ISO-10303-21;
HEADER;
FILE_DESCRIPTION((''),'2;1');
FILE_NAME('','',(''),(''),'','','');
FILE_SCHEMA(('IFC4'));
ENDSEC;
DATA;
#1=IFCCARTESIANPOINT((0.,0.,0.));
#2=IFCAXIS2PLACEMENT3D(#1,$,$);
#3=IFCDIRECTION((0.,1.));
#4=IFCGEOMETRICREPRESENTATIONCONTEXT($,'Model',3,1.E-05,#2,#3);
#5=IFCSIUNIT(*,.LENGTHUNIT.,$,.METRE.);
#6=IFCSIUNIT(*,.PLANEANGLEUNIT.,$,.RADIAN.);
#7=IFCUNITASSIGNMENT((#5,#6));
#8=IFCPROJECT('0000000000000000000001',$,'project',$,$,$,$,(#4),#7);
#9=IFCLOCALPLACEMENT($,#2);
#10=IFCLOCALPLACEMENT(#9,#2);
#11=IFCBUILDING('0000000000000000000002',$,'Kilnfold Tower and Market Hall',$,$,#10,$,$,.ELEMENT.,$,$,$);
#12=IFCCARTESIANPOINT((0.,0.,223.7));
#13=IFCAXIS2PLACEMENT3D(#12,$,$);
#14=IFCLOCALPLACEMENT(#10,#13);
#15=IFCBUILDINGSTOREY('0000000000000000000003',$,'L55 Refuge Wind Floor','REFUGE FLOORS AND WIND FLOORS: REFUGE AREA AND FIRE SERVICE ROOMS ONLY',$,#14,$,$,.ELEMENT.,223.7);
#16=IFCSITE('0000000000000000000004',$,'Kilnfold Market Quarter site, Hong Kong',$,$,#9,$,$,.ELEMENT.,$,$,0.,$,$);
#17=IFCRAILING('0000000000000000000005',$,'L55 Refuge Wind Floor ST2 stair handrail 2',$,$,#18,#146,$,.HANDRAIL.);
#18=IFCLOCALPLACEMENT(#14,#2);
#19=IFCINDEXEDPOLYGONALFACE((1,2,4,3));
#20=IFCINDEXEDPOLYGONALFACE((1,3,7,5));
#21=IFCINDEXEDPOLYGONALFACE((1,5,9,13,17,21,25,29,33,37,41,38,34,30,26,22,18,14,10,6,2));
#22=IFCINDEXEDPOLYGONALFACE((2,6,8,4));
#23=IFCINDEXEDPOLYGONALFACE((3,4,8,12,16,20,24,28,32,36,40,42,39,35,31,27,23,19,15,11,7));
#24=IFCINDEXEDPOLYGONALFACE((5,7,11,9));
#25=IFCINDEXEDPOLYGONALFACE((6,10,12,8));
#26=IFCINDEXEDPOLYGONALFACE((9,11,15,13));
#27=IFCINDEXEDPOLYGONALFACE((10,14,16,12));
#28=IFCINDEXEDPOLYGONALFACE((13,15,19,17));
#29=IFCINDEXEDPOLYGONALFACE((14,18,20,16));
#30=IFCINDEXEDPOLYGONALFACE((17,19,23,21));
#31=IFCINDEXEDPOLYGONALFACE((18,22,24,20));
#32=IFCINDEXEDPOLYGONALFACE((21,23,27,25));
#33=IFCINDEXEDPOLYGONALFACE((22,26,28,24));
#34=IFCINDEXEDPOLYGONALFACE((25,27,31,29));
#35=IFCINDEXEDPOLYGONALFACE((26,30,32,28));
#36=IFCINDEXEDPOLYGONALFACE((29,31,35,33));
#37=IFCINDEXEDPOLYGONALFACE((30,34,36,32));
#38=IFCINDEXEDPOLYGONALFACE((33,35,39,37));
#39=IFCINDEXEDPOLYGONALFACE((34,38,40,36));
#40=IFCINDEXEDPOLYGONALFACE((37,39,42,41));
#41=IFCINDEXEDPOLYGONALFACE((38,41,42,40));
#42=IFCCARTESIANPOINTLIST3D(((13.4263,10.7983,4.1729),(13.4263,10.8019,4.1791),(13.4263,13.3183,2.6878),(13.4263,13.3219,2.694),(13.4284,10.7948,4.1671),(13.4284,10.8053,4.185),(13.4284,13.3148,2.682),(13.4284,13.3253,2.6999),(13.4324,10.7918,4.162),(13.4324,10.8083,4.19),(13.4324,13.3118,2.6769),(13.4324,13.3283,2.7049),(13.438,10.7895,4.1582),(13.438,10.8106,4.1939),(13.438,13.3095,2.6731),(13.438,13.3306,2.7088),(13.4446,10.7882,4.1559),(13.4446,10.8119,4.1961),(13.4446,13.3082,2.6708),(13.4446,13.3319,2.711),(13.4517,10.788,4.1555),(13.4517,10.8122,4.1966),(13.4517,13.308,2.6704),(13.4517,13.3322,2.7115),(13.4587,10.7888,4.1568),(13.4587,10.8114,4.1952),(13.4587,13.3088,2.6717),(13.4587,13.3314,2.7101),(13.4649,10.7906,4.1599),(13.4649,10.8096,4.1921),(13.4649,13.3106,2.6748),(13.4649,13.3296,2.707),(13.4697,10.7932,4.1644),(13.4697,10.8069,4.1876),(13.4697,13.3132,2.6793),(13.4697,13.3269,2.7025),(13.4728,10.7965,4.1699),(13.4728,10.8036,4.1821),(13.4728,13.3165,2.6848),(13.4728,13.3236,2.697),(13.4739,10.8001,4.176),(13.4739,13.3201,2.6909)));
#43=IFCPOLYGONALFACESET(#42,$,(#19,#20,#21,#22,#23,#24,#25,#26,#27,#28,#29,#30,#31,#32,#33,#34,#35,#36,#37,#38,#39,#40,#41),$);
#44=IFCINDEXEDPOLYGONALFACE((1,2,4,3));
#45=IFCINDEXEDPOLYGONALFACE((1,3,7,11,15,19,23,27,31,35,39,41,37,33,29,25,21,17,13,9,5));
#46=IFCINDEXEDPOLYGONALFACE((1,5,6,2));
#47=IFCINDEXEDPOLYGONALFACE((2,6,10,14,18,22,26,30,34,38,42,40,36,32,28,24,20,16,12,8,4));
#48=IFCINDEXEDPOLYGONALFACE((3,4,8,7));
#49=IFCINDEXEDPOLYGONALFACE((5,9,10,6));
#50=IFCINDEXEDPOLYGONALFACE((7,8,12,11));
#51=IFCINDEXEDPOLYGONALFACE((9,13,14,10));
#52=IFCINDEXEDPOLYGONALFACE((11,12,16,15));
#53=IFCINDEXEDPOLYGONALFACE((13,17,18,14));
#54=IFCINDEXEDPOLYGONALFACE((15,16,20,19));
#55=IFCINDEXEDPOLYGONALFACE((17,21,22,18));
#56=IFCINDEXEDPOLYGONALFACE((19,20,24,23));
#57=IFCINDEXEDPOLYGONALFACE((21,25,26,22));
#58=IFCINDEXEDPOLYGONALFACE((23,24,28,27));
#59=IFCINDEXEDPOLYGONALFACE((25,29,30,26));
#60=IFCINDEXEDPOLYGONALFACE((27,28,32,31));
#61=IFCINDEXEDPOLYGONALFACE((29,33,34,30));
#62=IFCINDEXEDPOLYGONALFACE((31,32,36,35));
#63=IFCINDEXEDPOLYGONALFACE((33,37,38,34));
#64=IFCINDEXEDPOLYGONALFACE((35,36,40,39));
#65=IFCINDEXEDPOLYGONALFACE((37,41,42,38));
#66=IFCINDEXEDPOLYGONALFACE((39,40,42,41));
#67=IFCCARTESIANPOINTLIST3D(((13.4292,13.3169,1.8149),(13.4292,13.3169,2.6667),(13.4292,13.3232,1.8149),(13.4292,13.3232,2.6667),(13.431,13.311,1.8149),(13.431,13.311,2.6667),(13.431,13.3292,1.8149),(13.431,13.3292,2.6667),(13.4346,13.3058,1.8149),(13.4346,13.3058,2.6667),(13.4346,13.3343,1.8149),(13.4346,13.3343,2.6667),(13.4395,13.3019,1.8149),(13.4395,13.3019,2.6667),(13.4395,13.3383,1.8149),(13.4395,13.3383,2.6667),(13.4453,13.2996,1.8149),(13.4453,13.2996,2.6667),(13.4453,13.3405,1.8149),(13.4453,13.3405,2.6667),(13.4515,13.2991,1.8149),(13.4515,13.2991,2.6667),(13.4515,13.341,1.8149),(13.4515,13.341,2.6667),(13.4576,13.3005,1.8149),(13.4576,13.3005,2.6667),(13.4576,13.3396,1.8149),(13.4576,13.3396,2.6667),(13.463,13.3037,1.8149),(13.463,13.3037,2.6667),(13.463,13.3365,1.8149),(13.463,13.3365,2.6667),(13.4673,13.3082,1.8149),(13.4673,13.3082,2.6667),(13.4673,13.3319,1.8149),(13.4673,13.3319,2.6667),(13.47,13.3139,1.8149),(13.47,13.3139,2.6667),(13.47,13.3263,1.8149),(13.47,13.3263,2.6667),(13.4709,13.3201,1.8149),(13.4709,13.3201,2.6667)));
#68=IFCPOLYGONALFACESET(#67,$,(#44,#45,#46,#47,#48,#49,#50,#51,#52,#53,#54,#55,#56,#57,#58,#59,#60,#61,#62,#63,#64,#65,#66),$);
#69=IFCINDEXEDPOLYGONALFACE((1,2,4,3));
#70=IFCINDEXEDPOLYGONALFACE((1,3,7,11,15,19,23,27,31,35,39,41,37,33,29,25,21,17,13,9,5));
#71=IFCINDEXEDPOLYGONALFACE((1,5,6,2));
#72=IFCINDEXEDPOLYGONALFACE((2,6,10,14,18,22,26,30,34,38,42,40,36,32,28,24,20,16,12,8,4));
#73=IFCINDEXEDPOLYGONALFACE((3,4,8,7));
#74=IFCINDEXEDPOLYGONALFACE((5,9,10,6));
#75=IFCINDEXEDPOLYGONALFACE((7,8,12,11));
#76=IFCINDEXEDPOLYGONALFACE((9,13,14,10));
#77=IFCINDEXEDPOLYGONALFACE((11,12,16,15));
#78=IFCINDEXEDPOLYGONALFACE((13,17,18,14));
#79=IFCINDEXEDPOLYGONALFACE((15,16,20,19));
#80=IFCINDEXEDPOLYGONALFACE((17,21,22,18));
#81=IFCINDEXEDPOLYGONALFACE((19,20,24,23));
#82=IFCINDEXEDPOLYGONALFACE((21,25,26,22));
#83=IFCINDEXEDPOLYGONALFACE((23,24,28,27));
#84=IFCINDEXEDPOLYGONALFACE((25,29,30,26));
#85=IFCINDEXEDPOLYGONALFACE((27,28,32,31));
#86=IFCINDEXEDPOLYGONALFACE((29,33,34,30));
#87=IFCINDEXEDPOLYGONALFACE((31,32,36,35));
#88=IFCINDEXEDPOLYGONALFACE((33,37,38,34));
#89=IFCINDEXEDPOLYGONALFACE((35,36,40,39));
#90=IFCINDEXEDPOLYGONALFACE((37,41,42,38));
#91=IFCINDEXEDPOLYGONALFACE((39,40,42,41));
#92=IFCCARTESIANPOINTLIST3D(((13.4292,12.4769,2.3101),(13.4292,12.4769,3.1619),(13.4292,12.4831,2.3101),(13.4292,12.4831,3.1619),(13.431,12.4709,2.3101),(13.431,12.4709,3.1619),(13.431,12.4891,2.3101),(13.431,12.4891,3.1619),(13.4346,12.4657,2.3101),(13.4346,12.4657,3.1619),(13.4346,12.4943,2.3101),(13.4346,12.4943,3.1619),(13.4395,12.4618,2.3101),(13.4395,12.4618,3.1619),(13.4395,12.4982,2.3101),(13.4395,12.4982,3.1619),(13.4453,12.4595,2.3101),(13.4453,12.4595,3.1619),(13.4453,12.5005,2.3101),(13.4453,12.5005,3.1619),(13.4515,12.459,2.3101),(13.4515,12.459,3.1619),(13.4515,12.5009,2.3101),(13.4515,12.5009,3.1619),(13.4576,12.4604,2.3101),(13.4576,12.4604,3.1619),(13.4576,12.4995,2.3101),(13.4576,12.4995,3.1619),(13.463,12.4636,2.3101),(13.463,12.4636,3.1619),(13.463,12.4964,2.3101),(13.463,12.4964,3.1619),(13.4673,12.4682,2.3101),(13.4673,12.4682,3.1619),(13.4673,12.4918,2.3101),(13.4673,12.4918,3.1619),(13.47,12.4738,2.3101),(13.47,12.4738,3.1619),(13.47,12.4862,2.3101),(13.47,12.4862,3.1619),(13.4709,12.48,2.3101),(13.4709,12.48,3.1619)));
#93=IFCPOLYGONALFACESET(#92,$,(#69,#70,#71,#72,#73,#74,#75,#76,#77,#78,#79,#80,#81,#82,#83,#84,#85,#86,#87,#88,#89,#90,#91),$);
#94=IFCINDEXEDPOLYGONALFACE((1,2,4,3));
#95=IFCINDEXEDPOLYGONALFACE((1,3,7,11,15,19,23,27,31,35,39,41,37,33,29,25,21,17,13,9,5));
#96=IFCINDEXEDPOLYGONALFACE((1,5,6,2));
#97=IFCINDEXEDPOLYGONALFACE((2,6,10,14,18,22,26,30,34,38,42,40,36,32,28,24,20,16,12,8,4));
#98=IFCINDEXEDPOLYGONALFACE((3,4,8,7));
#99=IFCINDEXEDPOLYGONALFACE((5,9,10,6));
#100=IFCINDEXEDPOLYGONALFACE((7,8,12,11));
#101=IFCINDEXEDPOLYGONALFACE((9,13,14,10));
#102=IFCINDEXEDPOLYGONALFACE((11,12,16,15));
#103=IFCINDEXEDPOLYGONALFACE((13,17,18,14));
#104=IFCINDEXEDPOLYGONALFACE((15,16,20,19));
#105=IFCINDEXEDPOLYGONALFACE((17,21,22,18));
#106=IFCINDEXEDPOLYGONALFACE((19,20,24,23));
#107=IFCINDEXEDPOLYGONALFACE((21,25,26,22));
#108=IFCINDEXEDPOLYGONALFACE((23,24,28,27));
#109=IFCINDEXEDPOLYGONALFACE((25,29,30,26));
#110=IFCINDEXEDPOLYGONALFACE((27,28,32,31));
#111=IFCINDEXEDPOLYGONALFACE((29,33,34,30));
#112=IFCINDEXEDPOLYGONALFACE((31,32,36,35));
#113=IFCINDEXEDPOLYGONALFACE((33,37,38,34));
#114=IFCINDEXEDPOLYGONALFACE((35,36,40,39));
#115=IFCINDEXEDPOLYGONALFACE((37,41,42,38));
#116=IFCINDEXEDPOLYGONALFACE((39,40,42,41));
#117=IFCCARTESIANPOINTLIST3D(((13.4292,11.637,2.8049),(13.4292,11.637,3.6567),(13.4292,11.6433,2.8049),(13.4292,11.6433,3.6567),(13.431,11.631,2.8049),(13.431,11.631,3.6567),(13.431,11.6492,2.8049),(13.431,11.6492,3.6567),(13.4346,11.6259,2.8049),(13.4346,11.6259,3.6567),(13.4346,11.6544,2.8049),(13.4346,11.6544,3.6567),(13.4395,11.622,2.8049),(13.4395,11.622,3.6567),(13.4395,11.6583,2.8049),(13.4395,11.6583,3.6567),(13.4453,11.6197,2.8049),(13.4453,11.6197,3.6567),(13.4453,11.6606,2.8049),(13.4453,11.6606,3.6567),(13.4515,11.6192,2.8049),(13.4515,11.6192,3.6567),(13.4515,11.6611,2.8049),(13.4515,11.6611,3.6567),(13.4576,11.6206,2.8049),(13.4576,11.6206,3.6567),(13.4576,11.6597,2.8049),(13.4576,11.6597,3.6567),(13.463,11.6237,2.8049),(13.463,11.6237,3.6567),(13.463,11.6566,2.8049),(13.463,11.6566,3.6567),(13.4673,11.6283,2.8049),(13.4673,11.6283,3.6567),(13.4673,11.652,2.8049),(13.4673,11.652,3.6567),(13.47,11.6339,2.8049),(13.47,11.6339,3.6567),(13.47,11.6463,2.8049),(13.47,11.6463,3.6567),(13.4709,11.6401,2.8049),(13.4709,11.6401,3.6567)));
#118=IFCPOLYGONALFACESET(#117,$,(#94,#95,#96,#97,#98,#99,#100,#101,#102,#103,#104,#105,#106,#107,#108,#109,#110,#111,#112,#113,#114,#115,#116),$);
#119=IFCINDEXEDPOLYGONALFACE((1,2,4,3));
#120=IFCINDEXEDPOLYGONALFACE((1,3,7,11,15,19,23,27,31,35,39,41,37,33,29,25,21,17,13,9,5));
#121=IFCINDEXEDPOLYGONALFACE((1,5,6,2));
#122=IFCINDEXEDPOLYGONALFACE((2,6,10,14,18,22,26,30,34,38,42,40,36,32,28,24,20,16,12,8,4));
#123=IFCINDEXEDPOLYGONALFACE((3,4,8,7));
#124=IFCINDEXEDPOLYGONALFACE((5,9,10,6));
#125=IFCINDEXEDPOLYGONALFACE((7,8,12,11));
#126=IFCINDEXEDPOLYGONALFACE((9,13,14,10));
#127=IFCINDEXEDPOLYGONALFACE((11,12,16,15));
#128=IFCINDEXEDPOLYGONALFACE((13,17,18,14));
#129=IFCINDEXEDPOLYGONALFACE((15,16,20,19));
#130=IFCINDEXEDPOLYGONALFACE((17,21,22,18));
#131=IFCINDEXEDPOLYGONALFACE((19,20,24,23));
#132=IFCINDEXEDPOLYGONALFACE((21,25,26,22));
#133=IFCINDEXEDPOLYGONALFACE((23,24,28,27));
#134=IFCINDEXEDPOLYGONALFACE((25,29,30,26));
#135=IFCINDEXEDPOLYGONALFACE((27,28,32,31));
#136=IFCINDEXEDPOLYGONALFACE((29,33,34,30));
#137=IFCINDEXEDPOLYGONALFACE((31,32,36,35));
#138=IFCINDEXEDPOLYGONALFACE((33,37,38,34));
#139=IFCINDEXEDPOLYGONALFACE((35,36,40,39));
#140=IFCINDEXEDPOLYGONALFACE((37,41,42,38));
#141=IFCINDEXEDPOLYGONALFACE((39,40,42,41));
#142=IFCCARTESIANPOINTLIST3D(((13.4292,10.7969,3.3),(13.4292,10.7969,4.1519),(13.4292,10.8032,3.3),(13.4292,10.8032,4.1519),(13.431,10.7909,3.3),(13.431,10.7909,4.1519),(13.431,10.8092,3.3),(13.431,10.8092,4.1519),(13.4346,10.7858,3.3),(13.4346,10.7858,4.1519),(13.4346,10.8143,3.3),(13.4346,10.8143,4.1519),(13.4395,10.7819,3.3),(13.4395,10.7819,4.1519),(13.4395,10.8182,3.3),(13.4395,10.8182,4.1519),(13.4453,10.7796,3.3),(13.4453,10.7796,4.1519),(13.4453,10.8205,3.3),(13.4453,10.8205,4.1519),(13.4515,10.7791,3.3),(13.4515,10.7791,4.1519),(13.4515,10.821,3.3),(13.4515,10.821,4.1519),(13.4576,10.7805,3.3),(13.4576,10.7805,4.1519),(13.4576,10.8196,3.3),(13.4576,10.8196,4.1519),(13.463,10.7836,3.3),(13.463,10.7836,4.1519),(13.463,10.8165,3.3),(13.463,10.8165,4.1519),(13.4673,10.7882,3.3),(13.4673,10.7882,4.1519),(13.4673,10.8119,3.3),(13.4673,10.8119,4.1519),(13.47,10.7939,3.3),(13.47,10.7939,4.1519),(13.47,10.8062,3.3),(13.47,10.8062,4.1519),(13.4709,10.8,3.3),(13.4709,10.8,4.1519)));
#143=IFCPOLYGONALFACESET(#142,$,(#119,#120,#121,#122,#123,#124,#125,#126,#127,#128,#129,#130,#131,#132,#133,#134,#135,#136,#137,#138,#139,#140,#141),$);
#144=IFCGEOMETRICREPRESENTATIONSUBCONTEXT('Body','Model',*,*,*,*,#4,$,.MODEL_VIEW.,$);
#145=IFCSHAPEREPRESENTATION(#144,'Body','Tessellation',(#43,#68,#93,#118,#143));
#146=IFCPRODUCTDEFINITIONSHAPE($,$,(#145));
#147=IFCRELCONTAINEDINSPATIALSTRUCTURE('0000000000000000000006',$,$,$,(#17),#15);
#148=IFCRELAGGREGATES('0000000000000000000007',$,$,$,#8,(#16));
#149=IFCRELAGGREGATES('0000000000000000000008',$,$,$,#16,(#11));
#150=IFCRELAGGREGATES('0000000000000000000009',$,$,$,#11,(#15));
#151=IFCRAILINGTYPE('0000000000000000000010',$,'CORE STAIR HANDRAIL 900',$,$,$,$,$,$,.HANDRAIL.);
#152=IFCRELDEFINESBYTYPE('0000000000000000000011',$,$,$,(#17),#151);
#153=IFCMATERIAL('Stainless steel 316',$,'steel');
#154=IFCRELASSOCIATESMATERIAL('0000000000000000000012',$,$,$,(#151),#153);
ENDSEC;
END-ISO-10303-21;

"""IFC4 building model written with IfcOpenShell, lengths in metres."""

from ifc_helpers import new_model, si_unit, direction, frame, origin, origin_2d, place, context, subcontext, project, spatial, circle, extrude, material, type_object, element, save


model = new_model("IFC4")

# Units and contexts
model_context = context("Model", 3, precision=1e-05, world=origin(), true_north=direction((0.0, 1.0)))
body_context = subcontext(model_context, "Body", "Model", "MODEL_VIEW")
ifc_project = project(units=[si_unit("LENGTHUNIT", "METRE"), si_unit("PLANEANGLEUNIT", "RADIAN")], contexts=[model_context])

# Site, building, storey
site_placement = place(None, origin())
site = spatial("IfcSite", under=ifc_project, at=site_placement, Name="Kilnfold Market Quarter site, Hong Kong", CompositionType="ELEMENT", RefElevation=0.0)
building_placement = place(site_placement, origin())
building = spatial("IfcBuilding", under=site, at=building_placement, Name="Kilnfold Tower and Market Hall", CompositionType="ELEMENT")
storey_placement = place(building_placement, frame((0.0, 0.0, 223.7)))
storey = spatial("IfcBuildingStorey", under=building, at=storey_placement, Name="L55 Refuge Wind Floor", Description="REFUGE FLOORS AND WIND FLOORS: REFUGE AREA AND FIRE SERVICE ROOMS ONLY", CompositionType="ELEMENT", Elevation=223.7)

# Railing
ifc_material_1 = material(Name="Stainless steel 316", Category="steel")
railing_type = type_object("IfcRailingType", Name="CORE STAIR HANDRAIL 900", PredefinedType="HANDRAIL", material=ifc_material_1)
for number, where, name in (
    (1, (13.45, 13.3201, 1.8149), "L55 Refuge Wind Floor ST2 stair handrail 2"),
):
    element("IfcRailing", number, at=place(storey_placement, frame(where)), inside=storey, type_object=railing_type, Name=name, PredefinedType="HANDRAIL", context=body_context, shape_type="SweptSolid", body=[
        extrude(circle(Radius=0.0239, at=origin_2d()), frame((0.0, 0.0, 0.876), z_axis=(0.0, -0.861524, 0.507717), x_axis=(1.0, 0.0, 0.0)), (0.0, 0.0, 1.0), 2.925),
        extrude(circle(Radius=0.021, at=origin_2d()), origin(), (0.0, 0.0, 1.0), 0.8518),
        extrude(circle(Radius=0.021, at=origin_2d()), frame((0.0, -0.8401, 0.4951)), (0.0, 0.0, 1.0), 0.8518),
        extrude(circle(Radius=0.021, at=origin_2d()), frame((0.0, -1.6799, 0.99)), (0.0, 0.0, 1.0), 0.8518),
        extrude(circle(Radius=0.021, at=origin_2d()), frame((0.0, -2.52, 1.4851)), (0.0, 0.0, 1.0), 0.8518),
    ])

save(model, "model.ifc")
